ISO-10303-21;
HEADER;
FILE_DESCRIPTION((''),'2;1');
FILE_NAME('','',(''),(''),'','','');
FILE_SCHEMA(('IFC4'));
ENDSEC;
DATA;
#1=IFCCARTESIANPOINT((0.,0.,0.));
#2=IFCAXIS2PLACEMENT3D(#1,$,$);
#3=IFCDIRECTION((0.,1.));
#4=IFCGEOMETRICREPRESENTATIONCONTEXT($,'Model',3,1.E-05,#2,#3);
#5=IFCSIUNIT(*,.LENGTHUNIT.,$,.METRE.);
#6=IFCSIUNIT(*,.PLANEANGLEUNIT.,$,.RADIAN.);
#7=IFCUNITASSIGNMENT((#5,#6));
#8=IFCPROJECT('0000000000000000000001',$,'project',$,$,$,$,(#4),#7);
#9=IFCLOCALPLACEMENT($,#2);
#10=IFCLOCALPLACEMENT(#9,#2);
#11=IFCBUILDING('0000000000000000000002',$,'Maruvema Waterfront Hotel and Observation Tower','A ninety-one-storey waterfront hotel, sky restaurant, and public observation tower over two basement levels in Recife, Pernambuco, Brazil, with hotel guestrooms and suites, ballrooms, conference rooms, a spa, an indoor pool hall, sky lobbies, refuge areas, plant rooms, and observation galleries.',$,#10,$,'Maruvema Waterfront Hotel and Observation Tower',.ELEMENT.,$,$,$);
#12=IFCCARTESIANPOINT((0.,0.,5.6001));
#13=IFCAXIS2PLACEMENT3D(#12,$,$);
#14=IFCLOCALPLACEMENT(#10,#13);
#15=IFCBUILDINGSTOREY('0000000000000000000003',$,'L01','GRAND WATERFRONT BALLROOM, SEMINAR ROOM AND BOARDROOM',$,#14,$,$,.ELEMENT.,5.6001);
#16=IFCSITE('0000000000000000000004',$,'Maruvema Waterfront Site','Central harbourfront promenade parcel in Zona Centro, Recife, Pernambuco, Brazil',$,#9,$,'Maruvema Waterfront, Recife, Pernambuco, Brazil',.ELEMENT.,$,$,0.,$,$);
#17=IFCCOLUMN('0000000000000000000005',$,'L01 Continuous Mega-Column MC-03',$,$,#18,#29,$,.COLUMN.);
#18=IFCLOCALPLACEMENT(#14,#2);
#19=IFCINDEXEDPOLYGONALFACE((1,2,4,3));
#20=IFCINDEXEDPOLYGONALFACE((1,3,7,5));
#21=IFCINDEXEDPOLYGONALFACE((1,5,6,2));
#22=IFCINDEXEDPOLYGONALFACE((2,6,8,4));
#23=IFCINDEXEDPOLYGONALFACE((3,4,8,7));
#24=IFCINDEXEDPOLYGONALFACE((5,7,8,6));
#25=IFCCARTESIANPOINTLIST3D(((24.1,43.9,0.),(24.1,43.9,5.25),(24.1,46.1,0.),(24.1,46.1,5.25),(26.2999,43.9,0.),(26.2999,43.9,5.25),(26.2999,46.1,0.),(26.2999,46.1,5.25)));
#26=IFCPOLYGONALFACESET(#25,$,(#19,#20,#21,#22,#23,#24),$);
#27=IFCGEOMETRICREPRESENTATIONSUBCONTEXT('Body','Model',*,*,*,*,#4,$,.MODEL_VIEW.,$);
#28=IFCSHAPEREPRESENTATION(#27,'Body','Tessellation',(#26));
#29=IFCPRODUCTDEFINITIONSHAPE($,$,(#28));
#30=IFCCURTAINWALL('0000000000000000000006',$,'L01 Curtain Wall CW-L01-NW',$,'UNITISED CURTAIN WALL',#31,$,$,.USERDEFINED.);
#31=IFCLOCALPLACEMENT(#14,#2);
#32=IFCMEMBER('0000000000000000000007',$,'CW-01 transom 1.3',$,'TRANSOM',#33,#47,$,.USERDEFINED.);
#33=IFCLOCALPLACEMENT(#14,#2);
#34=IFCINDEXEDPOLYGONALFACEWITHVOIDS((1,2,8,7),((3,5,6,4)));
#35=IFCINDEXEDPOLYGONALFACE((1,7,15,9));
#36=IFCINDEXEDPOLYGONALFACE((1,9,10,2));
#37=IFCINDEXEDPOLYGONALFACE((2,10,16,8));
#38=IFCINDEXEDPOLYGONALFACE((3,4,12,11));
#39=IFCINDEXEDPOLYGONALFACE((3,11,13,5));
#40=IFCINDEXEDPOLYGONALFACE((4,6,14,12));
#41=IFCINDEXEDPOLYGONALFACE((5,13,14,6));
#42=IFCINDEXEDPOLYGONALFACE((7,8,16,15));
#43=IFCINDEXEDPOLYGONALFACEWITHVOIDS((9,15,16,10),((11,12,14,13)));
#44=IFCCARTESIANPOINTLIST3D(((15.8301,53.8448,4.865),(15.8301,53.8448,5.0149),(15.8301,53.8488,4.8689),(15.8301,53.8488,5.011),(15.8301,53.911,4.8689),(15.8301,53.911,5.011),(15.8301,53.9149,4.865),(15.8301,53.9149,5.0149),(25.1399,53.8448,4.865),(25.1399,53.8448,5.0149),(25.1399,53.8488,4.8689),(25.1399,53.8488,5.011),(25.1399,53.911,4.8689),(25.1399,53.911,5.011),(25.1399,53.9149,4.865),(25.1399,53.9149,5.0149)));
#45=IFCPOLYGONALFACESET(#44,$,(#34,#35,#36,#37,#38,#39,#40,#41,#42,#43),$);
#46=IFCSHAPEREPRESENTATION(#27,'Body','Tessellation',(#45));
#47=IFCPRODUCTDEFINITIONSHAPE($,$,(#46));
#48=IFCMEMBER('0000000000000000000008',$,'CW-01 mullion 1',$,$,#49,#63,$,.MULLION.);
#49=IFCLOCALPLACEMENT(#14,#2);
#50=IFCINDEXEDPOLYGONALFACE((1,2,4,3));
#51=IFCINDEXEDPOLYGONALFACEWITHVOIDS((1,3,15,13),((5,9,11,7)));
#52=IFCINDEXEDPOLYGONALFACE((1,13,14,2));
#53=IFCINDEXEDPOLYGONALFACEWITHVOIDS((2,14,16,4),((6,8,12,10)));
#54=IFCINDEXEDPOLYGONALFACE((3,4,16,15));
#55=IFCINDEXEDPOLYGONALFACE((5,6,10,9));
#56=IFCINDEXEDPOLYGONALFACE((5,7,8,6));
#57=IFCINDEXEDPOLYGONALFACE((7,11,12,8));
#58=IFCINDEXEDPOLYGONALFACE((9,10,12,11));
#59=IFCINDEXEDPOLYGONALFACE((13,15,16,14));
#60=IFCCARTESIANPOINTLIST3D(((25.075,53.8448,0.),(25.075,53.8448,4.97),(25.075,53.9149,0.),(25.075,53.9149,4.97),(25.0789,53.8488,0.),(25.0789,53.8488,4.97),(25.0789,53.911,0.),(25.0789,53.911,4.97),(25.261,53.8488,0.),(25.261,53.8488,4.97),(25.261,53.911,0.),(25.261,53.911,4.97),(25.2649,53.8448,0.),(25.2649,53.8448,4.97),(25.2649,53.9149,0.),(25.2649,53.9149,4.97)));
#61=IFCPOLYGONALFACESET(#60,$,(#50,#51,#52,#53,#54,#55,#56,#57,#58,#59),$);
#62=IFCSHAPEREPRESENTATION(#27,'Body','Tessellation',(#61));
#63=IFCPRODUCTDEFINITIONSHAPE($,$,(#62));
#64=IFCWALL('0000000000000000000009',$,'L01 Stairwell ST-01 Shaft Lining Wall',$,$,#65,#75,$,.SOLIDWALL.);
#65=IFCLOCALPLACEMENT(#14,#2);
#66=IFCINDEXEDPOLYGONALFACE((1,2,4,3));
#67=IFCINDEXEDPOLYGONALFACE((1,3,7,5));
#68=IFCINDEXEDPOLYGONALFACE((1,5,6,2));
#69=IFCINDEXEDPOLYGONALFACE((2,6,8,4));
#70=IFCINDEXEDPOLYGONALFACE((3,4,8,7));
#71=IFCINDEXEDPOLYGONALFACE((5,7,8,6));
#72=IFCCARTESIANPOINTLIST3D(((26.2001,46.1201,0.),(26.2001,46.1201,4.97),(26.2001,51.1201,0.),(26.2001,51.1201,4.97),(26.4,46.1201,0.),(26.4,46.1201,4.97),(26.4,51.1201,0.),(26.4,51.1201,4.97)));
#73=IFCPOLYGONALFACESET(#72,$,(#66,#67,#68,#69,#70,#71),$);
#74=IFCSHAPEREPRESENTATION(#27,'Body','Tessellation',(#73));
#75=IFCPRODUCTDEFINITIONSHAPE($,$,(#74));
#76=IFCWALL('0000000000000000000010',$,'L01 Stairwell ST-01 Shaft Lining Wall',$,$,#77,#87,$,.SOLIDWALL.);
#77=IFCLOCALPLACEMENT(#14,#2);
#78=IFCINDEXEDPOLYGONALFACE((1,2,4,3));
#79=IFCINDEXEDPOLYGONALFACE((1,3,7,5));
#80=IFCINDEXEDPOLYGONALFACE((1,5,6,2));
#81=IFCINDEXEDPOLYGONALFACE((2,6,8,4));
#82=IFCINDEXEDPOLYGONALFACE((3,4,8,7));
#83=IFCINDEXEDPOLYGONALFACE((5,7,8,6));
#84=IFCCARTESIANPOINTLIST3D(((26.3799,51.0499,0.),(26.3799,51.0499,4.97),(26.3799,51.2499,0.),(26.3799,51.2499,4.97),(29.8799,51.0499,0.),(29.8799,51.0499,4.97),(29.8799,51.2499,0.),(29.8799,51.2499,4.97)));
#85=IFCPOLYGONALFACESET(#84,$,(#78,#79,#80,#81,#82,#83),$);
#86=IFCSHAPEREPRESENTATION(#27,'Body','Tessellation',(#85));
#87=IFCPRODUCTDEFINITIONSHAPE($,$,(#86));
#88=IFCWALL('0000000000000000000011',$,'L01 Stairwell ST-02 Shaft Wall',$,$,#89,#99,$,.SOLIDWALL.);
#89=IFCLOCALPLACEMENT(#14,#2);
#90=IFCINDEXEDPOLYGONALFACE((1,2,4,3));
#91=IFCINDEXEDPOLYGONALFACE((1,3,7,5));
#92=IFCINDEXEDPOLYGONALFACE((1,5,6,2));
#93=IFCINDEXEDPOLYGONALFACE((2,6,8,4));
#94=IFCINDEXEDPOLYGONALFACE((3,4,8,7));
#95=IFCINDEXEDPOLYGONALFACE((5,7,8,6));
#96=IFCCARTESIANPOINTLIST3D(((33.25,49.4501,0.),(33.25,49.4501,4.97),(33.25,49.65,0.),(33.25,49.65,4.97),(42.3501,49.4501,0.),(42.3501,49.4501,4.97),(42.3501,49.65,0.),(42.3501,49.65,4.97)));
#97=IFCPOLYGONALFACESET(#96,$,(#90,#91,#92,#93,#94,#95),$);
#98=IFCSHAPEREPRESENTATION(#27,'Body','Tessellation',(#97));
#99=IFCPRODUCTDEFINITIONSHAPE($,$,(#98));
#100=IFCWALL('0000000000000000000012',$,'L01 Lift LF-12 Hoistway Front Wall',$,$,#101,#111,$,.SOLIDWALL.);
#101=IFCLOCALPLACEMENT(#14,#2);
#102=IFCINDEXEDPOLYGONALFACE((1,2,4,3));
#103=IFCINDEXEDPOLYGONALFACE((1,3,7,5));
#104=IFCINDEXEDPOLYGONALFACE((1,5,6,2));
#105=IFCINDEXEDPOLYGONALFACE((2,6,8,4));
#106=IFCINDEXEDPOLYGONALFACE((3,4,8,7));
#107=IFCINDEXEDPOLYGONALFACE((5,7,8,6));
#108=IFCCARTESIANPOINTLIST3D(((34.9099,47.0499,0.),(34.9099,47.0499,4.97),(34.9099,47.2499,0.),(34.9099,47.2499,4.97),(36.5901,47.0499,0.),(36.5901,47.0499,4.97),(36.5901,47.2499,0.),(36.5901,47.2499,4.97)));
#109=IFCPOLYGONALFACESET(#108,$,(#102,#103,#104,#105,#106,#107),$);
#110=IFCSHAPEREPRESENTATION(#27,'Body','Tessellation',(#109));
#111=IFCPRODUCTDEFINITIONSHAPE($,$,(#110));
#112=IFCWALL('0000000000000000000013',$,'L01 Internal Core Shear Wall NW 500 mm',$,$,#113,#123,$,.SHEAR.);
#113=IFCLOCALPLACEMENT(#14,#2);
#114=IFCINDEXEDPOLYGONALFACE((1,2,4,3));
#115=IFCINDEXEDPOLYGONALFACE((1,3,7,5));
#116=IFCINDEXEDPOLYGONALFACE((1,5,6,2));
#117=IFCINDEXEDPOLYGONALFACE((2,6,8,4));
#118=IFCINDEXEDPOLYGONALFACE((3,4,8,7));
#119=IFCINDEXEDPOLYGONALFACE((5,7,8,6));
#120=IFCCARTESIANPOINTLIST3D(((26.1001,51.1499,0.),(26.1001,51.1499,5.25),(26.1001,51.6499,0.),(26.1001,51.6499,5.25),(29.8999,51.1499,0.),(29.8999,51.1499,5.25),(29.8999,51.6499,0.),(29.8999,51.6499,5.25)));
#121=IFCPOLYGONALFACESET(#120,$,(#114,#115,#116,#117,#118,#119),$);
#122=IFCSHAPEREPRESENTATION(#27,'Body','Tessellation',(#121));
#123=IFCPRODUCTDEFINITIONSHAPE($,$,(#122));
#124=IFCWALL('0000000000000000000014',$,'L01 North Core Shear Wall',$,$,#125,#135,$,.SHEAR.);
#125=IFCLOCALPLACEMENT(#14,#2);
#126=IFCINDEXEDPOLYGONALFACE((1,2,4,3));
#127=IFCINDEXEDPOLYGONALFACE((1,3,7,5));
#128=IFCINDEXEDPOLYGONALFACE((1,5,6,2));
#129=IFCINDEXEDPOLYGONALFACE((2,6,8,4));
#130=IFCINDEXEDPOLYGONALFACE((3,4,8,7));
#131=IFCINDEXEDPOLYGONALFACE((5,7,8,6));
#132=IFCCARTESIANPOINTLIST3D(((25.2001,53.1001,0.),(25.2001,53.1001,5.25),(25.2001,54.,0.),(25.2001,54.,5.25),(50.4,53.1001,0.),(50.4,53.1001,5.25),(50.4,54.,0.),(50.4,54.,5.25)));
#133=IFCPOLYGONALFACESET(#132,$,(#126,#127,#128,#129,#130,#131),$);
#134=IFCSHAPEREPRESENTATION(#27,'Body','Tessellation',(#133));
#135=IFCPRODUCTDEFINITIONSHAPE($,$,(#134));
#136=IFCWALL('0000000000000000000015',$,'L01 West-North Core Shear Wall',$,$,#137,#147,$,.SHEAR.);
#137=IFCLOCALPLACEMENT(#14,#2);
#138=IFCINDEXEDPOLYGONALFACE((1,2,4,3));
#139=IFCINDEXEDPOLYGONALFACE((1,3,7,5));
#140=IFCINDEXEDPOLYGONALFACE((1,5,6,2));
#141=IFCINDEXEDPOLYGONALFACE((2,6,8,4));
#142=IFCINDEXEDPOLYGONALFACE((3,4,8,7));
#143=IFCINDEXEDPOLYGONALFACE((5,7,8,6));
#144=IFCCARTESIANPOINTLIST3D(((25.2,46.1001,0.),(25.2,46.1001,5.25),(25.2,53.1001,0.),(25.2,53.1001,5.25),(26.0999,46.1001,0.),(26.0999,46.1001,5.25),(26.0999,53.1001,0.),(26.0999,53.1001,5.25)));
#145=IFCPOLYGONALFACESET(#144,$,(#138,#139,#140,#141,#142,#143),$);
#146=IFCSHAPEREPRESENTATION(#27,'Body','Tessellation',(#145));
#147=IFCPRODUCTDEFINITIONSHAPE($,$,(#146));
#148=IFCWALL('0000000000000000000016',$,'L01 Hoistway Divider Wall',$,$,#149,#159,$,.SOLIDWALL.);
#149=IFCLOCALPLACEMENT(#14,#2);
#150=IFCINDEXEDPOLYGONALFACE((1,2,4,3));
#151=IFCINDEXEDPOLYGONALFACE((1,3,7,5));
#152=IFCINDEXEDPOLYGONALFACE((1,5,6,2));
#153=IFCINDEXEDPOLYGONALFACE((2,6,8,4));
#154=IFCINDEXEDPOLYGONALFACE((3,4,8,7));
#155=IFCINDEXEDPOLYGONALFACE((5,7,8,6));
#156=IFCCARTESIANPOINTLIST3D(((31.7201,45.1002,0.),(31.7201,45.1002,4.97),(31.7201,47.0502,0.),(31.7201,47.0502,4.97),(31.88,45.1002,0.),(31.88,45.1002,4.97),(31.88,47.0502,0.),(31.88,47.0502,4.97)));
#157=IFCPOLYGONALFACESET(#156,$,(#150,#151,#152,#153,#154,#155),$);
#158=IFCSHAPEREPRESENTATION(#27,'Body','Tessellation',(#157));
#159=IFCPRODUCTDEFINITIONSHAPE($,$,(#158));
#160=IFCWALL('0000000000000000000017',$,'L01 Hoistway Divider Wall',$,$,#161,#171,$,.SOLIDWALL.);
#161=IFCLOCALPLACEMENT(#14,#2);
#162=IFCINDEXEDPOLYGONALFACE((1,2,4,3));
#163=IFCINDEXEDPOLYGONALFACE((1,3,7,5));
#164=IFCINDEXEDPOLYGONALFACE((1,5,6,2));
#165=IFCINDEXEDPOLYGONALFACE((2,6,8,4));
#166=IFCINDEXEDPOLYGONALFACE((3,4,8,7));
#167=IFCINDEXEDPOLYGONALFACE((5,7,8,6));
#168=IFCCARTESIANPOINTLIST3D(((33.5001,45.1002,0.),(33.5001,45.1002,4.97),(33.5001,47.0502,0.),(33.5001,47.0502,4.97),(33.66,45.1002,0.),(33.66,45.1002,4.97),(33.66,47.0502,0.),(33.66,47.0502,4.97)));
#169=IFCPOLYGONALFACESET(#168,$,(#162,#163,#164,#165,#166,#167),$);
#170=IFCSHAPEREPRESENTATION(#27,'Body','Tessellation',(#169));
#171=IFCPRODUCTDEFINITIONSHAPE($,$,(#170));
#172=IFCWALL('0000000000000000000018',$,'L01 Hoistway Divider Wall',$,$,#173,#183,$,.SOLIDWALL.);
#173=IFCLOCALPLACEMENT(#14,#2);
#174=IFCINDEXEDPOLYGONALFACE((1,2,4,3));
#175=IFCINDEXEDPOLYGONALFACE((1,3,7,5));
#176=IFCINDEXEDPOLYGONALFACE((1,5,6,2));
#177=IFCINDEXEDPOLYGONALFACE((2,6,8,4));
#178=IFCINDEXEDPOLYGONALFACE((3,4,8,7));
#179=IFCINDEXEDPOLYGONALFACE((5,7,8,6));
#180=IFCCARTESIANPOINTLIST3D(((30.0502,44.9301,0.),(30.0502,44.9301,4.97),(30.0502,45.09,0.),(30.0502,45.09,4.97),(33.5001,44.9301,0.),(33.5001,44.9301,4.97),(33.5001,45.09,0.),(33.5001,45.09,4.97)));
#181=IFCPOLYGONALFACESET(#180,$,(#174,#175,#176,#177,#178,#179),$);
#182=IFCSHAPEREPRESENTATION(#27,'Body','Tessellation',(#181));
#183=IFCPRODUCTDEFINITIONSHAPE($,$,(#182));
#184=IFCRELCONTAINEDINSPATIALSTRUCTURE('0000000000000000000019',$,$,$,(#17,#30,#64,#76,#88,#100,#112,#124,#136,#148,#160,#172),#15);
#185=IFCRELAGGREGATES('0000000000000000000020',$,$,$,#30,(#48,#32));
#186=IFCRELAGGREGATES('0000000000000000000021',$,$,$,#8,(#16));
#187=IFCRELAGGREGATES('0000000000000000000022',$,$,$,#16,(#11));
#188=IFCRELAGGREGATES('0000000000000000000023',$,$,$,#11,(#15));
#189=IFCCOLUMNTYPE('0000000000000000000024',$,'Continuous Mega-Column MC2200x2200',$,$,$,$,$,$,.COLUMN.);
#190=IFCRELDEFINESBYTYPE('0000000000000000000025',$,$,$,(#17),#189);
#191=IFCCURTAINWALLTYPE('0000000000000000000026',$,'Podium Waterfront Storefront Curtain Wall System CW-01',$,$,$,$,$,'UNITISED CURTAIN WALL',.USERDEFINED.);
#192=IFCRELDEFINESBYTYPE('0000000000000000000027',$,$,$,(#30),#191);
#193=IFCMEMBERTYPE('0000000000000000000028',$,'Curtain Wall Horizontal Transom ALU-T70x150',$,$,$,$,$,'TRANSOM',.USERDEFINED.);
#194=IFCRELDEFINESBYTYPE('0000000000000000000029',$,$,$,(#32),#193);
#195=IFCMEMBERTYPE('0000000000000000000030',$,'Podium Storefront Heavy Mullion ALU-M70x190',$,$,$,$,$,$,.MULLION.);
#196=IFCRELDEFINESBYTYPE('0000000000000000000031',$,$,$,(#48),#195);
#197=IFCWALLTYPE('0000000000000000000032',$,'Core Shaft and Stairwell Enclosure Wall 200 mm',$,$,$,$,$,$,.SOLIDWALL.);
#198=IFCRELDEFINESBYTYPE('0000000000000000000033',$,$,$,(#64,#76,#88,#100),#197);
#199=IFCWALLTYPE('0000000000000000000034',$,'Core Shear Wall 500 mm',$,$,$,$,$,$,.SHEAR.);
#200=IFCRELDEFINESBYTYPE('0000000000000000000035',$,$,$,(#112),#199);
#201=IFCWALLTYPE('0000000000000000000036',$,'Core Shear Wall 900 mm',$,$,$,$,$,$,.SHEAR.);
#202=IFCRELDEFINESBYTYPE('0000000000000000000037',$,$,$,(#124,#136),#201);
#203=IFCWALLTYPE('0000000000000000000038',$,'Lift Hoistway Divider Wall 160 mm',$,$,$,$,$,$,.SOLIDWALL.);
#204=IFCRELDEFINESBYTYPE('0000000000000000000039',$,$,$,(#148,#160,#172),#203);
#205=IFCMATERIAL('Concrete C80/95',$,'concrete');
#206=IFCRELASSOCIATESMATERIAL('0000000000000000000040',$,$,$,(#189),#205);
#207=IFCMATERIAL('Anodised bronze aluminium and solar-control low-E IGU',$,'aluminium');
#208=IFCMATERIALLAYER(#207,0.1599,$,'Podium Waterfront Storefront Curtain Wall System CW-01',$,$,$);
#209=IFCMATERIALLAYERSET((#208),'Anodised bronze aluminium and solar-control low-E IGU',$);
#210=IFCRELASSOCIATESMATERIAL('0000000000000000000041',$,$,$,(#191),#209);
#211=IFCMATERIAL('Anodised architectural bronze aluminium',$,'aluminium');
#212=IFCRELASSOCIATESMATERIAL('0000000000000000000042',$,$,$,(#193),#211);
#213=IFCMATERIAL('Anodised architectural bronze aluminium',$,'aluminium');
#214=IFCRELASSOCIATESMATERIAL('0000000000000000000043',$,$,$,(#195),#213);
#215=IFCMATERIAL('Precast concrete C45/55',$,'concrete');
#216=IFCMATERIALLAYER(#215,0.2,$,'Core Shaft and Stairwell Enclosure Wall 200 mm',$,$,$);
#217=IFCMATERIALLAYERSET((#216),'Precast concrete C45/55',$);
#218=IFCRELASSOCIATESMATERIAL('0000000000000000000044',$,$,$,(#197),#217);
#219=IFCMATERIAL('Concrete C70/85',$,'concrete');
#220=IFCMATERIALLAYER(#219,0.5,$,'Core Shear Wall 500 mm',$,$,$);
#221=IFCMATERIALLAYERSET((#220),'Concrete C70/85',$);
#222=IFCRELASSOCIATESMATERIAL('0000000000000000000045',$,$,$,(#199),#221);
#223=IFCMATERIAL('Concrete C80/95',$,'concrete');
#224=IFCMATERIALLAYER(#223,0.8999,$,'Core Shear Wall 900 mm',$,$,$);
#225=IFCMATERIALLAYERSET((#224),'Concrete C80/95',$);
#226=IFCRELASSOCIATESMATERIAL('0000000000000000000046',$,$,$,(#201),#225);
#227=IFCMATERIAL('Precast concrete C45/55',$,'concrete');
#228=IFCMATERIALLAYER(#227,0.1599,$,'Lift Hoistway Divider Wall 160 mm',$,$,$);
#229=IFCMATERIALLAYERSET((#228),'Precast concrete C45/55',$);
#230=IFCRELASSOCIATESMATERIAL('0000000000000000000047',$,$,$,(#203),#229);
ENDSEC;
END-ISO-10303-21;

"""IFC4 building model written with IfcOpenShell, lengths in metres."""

from ifc_helpers import new_model, si_unit, direction, frame, frame_2d, origin, origin_2d, place, context, subcontext, project, spatial, rectangle, hollow_rectangle, extrude, material, layer, layer_set, material_profile, profile_set, type_object, element, aggregate, save


model = new_model("IFC4")

# Units and contexts
model_context = context("Model", 3, precision=1e-05, world=origin(), true_north=direction((0.0, 1.0)))
body_context = subcontext(model_context, "Body", "Model", "MODEL_VIEW")
ifc_project = project(units=[si_unit("LENGTHUNIT", "METRE"), si_unit("PLANEANGLEUNIT", "RADIAN")], contexts=[model_context])

# Site, building, storey
site_placement = place(None, origin())
site = spatial("IfcSite", under=ifc_project, at=site_placement, Name="Maruvema Waterfront Site", Description="Central harbourfront promenade parcel in Zona Centro, Recife, Pernambuco, Brazil", LongName="Maruvema Waterfront, Recife, Pernambuco, Brazil", CompositionType="ELEMENT", RefElevation=0.0)
building_placement = place(site_placement, origin())
building = spatial("IfcBuilding", under=site, at=building_placement, Name="Maruvema Waterfront Hotel and Observation Tower", Description="A ninety-one-storey waterfront hotel, sky restaurant, and public observation tower over two basement levels in Recife, Pernambuco, Brazil, with hotel guestrooms and suites, ballrooms, conference rooms, a spa, an indoor pool hall, sky lobbies, refuge areas, plant rooms, and observation galleries.", LongName="Maruvema Waterfront Hotel and Observation Tower", CompositionType="ELEMENT")
storey_placement = place(building_placement, frame((0.0, 0.0, 5.6001)))
storey = spatial("IfcBuildingStorey", under=building, at=storey_placement, Name="L01", Description="GRAND WATERFRONT BALLROOM, SEMINAR ROOM AND BOARDROOM", CompositionType="ELEMENT", Elevation=5.6001)

# Column
ifc_material_1 = material(Name="Concrete C80/95", Category="concrete")
ifc_material_profile_1 = material_profile(ifc_material_1, rectangle(XDim=2.2, YDim=2.2, at=origin_2d()), Name="MC2200x2200")
ifc_profile_set_1 = profile_set([ifc_material_profile_1], Name="Concrete C80/95")
column_type = type_object("IfcColumnType", Name="Continuous Mega-Column MC2200x2200", PredefinedType="COLUMN", material=ifc_profile_set_1)
column_placement = place(storey_placement, frame((25.2, 45.0, 0.0), z_axis=(0.0, 0.0, 1.0), x_axis=(1.0, 0.0, 0.0)))
element("IfcColumn", 1, at=column_placement, inside=storey, type_object=column_type, Name="L01 Continuous Mega-Column MC-03", PredefinedType="COLUMN", context=body_context, shape_type="SweptSolid", body=[
    extrude(rectangle(XDim=2.2, YDim=2.2, at=origin_2d()), origin(), (0.0, 0.0, 1.0), 5.25),
])

# Curtain wall, members
ifc_material_2 = material(Name="Anodised bronze aluminium and solar-control low-E IGU", Category="aluminium")
ifc_layer_1 = layer(ifc_material_2, 0.1599, Name="Podium Waterfront Storefront Curtain Wall System CW-01")
ifc_layer_set_1 = layer_set([ifc_layer_1], Name="Anodised bronze aluminium and solar-control low-E IGU")
curtain_wall_type = type_object("IfcCurtainWallType", Name="Podium Waterfront Storefront Curtain Wall System CW-01", ElementType="UNITISED CURTAIN WALL", PredefinedType="USERDEFINED", material=ifc_layer_set_1)
curtain_wall_placement = place(storey_placement, origin())
curtain_wall = element("IfcCurtainWall", 2, at=curtain_wall_placement, inside=storey, type_object=curtain_wall_type, Name="L01 Curtain Wall CW-L01-NW", ObjectType="UNITISED CURTAIN WALL", PredefinedType="USERDEFINED")
ifc_material_3 = material(Name="Anodised architectural bronze aluminium", Category="aluminium")
ifc_material_profile_2 = material_profile(ifc_material_3, hollow_rectangle(XDim=0.0701, YDim=0.1499, WallThickness=0.0039, at=origin_2d()), Name="ALU-T70x150")
ifc_profile_set_2 = profile_set([ifc_material_profile_2], Name="Anodised architectural bronze aluminium")
member_type_1 = type_object("IfcMemberType", Name="Curtain Wall Horizontal Transom ALU-T70x150", ElementType="TRANSOM", PredefinedType="USERDEFINED", material=ifc_profile_set_2)
member_1_placement = place(storey_placement, frame((25.1399, 53.8799, 4.9399), z_axis=(-1.0, 0.0, 0.0), x_axis=(0.0, -1.0, 0.0)))
member_1 = element("IfcMember", 3, at=member_1_placement, type_object=member_type_1, Name="CW-01 transom 1.3", ObjectType="TRANSOM", PredefinedType="USERDEFINED", context=body_context, shape_type="SweptSolid", body=[
    extrude(hollow_rectangle(XDim=0.0701, YDim=0.1499, WallThickness=0.0039, at=origin_2d()), origin(), (0.0, 0.0, 1.0), 9.3098),
])
ifc_material_4 = material(Name="Anodised architectural bronze aluminium", Category="aluminium")
ifc_material_profile_3 = material_profile(ifc_material_4, hollow_rectangle(XDim=0.0701, YDim=0.1899, WallThickness=0.0039, at=origin_2d()), Name="ALU-M70x190")
ifc_profile_set_3 = profile_set([ifc_material_profile_3], Name="Anodised architectural bronze aluminium")
member_type_2 = type_object("IfcMemberType", Name="Podium Storefront Heavy Mullion ALU-M70x190", PredefinedType="MULLION", material=ifc_profile_set_3)
member_2_placement = place(storey_placement, frame((25.1699, 53.8799, 0.0), z_axis=(0.0, 0.0, 1.0), x_axis=(0.0, -1.0, 0.0)))
member_2 = element("IfcMember", 4, at=member_2_placement, type_object=member_type_2, Name="CW-01 mullion 1", PredefinedType="MULLION", context=body_context, shape_type="SweptSolid", body=[
    extrude(hollow_rectangle(XDim=0.0701, YDim=0.1899, WallThickness=0.0039, at=origin_2d()), origin(), (0.0, 0.0, 1.0), 4.97),
])
aggregate(curtain_wall, [member_2, member_1])

# Walls
ifc_material_5 = material(Name="Precast concrete C45/55", Category="concrete")
ifc_layer_2 = layer(ifc_material_5, 0.2, Name="Core Shaft and Stairwell Enclosure Wall 200 mm")
ifc_layer_set_2 = layer_set([ifc_layer_2], Name="Precast concrete C45/55")
wall_type_1 = type_object("IfcWallType", Name="Core Shaft and Stairwell Enclosure Wall 200 mm", PredefinedType="SOLIDWALL", material=ifc_layer_set_2)
wall_1_placement = place(storey_placement, frame((26.3, 46.1201, 0.0), z_axis=(0.0, 0.0, 1.0), x_axis=(0.0, 1.0, 0.0)))
element("IfcWall", 5, at=wall_1_placement, inside=storey, type_object=wall_type_1, Name="L01 Stairwell ST-01 Shaft Lining Wall", PredefinedType="SOLIDWALL", context=body_context, shape_type="SweptSolid", body=[
    extrude(rectangle(XDim=5.0, YDim=0.2, at=frame_2d((2.5, 0.0))), origin(), (0.0, 0.0, 1.0), 4.97),
])
wall_2_placement = place(storey_placement, frame((26.3799, 51.1499, 0.0), z_axis=(0.0, 0.0, 1.0), x_axis=(1.0, 0.0, 0.0)))
element("IfcWall", 6, at=wall_2_placement, inside=storey, type_object=wall_type_1, Name="L01 Stairwell ST-01 Shaft Lining Wall", PredefinedType="SOLIDWALL", context=body_context, shape_type="SweptSolid", body=[
    extrude(rectangle(XDim=3.5, YDim=0.2, at=frame_2d((1.75, 0.0))), origin(), (0.0, 0.0, 1.0), 4.97),
])
wall_3_placement = place(storey_placement, frame((33.25, 49.55, 0.0), z_axis=(0.0, 0.0, 1.0), x_axis=(1.0, 0.0, 0.0)))
element("IfcWall", 7, at=wall_3_placement, inside=storey, type_object=wall_type_1, Name="L01 Stairwell ST-02 Shaft Wall", PredefinedType="SOLIDWALL", context=body_context, shape_type="SweptSolid", body=[
    extrude(rectangle(XDim=9.1001, YDim=0.2, at=frame_2d((4.55, 0.0))), origin(), (0.0, 0.0, 1.0), 4.97),
])

# Walls
wall_4_placement = place(storey_placement, frame((34.9099, 47.1499, 0.0), z_axis=(0.0, 0.0, 1.0), x_axis=(1.0, 0.0, 0.0)))
element("IfcWall", 8, at=wall_4_placement, inside=storey, type_object=wall_type_1, Name="L01 Lift LF-12 Hoistway Front Wall", PredefinedType="SOLIDWALL", context=body_context, shape_type="SweptSolid", body=[
    extrude(rectangle(XDim=1.6802, YDim=0.2, at=frame_2d((0.8401, 0.0))), origin(), (0.0, 0.0, 1.0), 4.97),
])
ifc_material_6 = material(Name="Concrete C70/85", Category="concrete")
ifc_layer_3 = layer(ifc_material_6, 0.5, Name="Core Shear Wall 500 mm")
ifc_layer_set_3 = layer_set([ifc_layer_3], Name="Concrete C70/85")
wall_type_2 = type_object("IfcWallType", Name="Core Shear Wall 500 mm", PredefinedType="SHEAR", material=ifc_layer_set_3)
wall_5_placement = place(storey_placement, frame((26.1001, 51.3999, 0.0), z_axis=(0.0, 0.0, 1.0), x_axis=(1.0, 0.0, 0.0)))
element("IfcWall", 9, at=wall_5_placement, inside=storey, type_object=wall_type_2, Name="L01 Internal Core Shear Wall NW 500 mm", PredefinedType="SHEAR", context=body_context, shape_type="SweptSolid", body=[
    extrude(rectangle(XDim=3.7998, YDim=0.5, at=frame_2d((1.8999, 0.0))), origin(), (0.0, 0.0, 1.0), 5.25),
])
ifc_material_7 = material(Name="Concrete C80/95", Category="concrete")
ifc_layer_4 = layer(ifc_material_7, 0.8999, Name="Core Shear Wall 900 mm")
ifc_layer_set_4 = layer_set([ifc_layer_4], Name="Concrete C80/95")
wall_type_3 = type_object("IfcWallType", Name="Core Shear Wall 900 mm", PredefinedType="SHEAR", material=ifc_layer_set_4)
wall_6_placement = place(storey_placement, frame((25.2, 53.55, 0.0), z_axis=(0.0, 0.0, 1.0), x_axis=(1.0, 0.0, 0.0)))
element("IfcWall", 10, at=wall_6_placement, inside=storey, type_object=wall_type_3, Name="L01 North Core Shear Wall", PredefinedType="SHEAR", context=body_context, shape_type="SweptSolid", body=[
    extrude(rectangle(XDim=25.2, YDim=0.8999, at=frame_2d((12.6001, 0.0))), origin(), (0.0, 0.0, 1.0), 5.25),
])
wall_7_placement = place(storey_placement, frame((25.6499, 46.1001, 0.0), z_axis=(0.0, 0.0, 1.0), x_axis=(0.0, 1.0, 0.0)))
element("IfcWall", 11, at=wall_7_placement, inside=storey, type_object=wall_type_3, Name="L01 West-North Core Shear Wall", PredefinedType="SHEAR", context=body_context, shape_type="SweptSolid", body=[
    extrude(rectangle(XDim=7.0, YDim=0.8999, at=frame_2d((3.5, 0.0))), origin(), (0.0, 0.0, 1.0), 5.25),
])
ifc_material_8 = material(Name="Precast concrete C45/55", Category="concrete")
ifc_layer_5 = layer(ifc_material_8, 0.1599, Name="Lift Hoistway Divider Wall 160 mm")
ifc_layer_set_5 = layer_set([ifc_layer_5], Name="Precast concrete C45/55")
wall_type_4 = type_object("IfcWallType", Name="Lift Hoistway Divider Wall 160 mm", PredefinedType="SOLIDWALL", material=ifc_layer_set_5)
for number, where, z_axis, x_axis, name in (
    (12, (31.8, 45.1001, 0.0), (0.0, 0.0, 1.0), (0.0, 1.0, 0.0), "L01 Hoistway Divider Wall"),
    (13, (33.5801, 45.1001, 0.0), (0.0, 0.0, 1.0), (0.0, 1.0, 0.0), "L01 Hoistway Divider Wall"),
):
    element("IfcWall", number, at=place(storey_placement, frame(where, z_axis=z_axis, x_axis=x_axis)), inside=storey, type_object=wall_type_4, Name=name, PredefinedType="SOLIDWALL", context=body_context, shape_type="SweptSolid", body=[
        extrude(rectangle(XDim=1.95, YDim=0.1599, at=frame_2d((0.9751, 0.0))), origin(), (0.0, 0.0, 1.0), 4.97),
    ])
wall_8_placement = place(storey_placement, frame((30.05, 45.01, 0.0), z_axis=(0.0, 0.0, 1.0), x_axis=(1.0, 0.0, 0.0)))
element("IfcWall", 14, at=wall_8_placement, inside=storey, type_object=wall_type_4, Name="L01 Hoistway Divider Wall", PredefinedType="SOLIDWALL", context=body_context, shape_type="SweptSolid", body=[
    extrude(rectangle(XDim=3.45, YDim=0.1599, at=frame_2d((1.7251, 0.0))), origin(), (0.0, 0.0, 1.0), 4.97),
])

save(model, "model.ifc")
